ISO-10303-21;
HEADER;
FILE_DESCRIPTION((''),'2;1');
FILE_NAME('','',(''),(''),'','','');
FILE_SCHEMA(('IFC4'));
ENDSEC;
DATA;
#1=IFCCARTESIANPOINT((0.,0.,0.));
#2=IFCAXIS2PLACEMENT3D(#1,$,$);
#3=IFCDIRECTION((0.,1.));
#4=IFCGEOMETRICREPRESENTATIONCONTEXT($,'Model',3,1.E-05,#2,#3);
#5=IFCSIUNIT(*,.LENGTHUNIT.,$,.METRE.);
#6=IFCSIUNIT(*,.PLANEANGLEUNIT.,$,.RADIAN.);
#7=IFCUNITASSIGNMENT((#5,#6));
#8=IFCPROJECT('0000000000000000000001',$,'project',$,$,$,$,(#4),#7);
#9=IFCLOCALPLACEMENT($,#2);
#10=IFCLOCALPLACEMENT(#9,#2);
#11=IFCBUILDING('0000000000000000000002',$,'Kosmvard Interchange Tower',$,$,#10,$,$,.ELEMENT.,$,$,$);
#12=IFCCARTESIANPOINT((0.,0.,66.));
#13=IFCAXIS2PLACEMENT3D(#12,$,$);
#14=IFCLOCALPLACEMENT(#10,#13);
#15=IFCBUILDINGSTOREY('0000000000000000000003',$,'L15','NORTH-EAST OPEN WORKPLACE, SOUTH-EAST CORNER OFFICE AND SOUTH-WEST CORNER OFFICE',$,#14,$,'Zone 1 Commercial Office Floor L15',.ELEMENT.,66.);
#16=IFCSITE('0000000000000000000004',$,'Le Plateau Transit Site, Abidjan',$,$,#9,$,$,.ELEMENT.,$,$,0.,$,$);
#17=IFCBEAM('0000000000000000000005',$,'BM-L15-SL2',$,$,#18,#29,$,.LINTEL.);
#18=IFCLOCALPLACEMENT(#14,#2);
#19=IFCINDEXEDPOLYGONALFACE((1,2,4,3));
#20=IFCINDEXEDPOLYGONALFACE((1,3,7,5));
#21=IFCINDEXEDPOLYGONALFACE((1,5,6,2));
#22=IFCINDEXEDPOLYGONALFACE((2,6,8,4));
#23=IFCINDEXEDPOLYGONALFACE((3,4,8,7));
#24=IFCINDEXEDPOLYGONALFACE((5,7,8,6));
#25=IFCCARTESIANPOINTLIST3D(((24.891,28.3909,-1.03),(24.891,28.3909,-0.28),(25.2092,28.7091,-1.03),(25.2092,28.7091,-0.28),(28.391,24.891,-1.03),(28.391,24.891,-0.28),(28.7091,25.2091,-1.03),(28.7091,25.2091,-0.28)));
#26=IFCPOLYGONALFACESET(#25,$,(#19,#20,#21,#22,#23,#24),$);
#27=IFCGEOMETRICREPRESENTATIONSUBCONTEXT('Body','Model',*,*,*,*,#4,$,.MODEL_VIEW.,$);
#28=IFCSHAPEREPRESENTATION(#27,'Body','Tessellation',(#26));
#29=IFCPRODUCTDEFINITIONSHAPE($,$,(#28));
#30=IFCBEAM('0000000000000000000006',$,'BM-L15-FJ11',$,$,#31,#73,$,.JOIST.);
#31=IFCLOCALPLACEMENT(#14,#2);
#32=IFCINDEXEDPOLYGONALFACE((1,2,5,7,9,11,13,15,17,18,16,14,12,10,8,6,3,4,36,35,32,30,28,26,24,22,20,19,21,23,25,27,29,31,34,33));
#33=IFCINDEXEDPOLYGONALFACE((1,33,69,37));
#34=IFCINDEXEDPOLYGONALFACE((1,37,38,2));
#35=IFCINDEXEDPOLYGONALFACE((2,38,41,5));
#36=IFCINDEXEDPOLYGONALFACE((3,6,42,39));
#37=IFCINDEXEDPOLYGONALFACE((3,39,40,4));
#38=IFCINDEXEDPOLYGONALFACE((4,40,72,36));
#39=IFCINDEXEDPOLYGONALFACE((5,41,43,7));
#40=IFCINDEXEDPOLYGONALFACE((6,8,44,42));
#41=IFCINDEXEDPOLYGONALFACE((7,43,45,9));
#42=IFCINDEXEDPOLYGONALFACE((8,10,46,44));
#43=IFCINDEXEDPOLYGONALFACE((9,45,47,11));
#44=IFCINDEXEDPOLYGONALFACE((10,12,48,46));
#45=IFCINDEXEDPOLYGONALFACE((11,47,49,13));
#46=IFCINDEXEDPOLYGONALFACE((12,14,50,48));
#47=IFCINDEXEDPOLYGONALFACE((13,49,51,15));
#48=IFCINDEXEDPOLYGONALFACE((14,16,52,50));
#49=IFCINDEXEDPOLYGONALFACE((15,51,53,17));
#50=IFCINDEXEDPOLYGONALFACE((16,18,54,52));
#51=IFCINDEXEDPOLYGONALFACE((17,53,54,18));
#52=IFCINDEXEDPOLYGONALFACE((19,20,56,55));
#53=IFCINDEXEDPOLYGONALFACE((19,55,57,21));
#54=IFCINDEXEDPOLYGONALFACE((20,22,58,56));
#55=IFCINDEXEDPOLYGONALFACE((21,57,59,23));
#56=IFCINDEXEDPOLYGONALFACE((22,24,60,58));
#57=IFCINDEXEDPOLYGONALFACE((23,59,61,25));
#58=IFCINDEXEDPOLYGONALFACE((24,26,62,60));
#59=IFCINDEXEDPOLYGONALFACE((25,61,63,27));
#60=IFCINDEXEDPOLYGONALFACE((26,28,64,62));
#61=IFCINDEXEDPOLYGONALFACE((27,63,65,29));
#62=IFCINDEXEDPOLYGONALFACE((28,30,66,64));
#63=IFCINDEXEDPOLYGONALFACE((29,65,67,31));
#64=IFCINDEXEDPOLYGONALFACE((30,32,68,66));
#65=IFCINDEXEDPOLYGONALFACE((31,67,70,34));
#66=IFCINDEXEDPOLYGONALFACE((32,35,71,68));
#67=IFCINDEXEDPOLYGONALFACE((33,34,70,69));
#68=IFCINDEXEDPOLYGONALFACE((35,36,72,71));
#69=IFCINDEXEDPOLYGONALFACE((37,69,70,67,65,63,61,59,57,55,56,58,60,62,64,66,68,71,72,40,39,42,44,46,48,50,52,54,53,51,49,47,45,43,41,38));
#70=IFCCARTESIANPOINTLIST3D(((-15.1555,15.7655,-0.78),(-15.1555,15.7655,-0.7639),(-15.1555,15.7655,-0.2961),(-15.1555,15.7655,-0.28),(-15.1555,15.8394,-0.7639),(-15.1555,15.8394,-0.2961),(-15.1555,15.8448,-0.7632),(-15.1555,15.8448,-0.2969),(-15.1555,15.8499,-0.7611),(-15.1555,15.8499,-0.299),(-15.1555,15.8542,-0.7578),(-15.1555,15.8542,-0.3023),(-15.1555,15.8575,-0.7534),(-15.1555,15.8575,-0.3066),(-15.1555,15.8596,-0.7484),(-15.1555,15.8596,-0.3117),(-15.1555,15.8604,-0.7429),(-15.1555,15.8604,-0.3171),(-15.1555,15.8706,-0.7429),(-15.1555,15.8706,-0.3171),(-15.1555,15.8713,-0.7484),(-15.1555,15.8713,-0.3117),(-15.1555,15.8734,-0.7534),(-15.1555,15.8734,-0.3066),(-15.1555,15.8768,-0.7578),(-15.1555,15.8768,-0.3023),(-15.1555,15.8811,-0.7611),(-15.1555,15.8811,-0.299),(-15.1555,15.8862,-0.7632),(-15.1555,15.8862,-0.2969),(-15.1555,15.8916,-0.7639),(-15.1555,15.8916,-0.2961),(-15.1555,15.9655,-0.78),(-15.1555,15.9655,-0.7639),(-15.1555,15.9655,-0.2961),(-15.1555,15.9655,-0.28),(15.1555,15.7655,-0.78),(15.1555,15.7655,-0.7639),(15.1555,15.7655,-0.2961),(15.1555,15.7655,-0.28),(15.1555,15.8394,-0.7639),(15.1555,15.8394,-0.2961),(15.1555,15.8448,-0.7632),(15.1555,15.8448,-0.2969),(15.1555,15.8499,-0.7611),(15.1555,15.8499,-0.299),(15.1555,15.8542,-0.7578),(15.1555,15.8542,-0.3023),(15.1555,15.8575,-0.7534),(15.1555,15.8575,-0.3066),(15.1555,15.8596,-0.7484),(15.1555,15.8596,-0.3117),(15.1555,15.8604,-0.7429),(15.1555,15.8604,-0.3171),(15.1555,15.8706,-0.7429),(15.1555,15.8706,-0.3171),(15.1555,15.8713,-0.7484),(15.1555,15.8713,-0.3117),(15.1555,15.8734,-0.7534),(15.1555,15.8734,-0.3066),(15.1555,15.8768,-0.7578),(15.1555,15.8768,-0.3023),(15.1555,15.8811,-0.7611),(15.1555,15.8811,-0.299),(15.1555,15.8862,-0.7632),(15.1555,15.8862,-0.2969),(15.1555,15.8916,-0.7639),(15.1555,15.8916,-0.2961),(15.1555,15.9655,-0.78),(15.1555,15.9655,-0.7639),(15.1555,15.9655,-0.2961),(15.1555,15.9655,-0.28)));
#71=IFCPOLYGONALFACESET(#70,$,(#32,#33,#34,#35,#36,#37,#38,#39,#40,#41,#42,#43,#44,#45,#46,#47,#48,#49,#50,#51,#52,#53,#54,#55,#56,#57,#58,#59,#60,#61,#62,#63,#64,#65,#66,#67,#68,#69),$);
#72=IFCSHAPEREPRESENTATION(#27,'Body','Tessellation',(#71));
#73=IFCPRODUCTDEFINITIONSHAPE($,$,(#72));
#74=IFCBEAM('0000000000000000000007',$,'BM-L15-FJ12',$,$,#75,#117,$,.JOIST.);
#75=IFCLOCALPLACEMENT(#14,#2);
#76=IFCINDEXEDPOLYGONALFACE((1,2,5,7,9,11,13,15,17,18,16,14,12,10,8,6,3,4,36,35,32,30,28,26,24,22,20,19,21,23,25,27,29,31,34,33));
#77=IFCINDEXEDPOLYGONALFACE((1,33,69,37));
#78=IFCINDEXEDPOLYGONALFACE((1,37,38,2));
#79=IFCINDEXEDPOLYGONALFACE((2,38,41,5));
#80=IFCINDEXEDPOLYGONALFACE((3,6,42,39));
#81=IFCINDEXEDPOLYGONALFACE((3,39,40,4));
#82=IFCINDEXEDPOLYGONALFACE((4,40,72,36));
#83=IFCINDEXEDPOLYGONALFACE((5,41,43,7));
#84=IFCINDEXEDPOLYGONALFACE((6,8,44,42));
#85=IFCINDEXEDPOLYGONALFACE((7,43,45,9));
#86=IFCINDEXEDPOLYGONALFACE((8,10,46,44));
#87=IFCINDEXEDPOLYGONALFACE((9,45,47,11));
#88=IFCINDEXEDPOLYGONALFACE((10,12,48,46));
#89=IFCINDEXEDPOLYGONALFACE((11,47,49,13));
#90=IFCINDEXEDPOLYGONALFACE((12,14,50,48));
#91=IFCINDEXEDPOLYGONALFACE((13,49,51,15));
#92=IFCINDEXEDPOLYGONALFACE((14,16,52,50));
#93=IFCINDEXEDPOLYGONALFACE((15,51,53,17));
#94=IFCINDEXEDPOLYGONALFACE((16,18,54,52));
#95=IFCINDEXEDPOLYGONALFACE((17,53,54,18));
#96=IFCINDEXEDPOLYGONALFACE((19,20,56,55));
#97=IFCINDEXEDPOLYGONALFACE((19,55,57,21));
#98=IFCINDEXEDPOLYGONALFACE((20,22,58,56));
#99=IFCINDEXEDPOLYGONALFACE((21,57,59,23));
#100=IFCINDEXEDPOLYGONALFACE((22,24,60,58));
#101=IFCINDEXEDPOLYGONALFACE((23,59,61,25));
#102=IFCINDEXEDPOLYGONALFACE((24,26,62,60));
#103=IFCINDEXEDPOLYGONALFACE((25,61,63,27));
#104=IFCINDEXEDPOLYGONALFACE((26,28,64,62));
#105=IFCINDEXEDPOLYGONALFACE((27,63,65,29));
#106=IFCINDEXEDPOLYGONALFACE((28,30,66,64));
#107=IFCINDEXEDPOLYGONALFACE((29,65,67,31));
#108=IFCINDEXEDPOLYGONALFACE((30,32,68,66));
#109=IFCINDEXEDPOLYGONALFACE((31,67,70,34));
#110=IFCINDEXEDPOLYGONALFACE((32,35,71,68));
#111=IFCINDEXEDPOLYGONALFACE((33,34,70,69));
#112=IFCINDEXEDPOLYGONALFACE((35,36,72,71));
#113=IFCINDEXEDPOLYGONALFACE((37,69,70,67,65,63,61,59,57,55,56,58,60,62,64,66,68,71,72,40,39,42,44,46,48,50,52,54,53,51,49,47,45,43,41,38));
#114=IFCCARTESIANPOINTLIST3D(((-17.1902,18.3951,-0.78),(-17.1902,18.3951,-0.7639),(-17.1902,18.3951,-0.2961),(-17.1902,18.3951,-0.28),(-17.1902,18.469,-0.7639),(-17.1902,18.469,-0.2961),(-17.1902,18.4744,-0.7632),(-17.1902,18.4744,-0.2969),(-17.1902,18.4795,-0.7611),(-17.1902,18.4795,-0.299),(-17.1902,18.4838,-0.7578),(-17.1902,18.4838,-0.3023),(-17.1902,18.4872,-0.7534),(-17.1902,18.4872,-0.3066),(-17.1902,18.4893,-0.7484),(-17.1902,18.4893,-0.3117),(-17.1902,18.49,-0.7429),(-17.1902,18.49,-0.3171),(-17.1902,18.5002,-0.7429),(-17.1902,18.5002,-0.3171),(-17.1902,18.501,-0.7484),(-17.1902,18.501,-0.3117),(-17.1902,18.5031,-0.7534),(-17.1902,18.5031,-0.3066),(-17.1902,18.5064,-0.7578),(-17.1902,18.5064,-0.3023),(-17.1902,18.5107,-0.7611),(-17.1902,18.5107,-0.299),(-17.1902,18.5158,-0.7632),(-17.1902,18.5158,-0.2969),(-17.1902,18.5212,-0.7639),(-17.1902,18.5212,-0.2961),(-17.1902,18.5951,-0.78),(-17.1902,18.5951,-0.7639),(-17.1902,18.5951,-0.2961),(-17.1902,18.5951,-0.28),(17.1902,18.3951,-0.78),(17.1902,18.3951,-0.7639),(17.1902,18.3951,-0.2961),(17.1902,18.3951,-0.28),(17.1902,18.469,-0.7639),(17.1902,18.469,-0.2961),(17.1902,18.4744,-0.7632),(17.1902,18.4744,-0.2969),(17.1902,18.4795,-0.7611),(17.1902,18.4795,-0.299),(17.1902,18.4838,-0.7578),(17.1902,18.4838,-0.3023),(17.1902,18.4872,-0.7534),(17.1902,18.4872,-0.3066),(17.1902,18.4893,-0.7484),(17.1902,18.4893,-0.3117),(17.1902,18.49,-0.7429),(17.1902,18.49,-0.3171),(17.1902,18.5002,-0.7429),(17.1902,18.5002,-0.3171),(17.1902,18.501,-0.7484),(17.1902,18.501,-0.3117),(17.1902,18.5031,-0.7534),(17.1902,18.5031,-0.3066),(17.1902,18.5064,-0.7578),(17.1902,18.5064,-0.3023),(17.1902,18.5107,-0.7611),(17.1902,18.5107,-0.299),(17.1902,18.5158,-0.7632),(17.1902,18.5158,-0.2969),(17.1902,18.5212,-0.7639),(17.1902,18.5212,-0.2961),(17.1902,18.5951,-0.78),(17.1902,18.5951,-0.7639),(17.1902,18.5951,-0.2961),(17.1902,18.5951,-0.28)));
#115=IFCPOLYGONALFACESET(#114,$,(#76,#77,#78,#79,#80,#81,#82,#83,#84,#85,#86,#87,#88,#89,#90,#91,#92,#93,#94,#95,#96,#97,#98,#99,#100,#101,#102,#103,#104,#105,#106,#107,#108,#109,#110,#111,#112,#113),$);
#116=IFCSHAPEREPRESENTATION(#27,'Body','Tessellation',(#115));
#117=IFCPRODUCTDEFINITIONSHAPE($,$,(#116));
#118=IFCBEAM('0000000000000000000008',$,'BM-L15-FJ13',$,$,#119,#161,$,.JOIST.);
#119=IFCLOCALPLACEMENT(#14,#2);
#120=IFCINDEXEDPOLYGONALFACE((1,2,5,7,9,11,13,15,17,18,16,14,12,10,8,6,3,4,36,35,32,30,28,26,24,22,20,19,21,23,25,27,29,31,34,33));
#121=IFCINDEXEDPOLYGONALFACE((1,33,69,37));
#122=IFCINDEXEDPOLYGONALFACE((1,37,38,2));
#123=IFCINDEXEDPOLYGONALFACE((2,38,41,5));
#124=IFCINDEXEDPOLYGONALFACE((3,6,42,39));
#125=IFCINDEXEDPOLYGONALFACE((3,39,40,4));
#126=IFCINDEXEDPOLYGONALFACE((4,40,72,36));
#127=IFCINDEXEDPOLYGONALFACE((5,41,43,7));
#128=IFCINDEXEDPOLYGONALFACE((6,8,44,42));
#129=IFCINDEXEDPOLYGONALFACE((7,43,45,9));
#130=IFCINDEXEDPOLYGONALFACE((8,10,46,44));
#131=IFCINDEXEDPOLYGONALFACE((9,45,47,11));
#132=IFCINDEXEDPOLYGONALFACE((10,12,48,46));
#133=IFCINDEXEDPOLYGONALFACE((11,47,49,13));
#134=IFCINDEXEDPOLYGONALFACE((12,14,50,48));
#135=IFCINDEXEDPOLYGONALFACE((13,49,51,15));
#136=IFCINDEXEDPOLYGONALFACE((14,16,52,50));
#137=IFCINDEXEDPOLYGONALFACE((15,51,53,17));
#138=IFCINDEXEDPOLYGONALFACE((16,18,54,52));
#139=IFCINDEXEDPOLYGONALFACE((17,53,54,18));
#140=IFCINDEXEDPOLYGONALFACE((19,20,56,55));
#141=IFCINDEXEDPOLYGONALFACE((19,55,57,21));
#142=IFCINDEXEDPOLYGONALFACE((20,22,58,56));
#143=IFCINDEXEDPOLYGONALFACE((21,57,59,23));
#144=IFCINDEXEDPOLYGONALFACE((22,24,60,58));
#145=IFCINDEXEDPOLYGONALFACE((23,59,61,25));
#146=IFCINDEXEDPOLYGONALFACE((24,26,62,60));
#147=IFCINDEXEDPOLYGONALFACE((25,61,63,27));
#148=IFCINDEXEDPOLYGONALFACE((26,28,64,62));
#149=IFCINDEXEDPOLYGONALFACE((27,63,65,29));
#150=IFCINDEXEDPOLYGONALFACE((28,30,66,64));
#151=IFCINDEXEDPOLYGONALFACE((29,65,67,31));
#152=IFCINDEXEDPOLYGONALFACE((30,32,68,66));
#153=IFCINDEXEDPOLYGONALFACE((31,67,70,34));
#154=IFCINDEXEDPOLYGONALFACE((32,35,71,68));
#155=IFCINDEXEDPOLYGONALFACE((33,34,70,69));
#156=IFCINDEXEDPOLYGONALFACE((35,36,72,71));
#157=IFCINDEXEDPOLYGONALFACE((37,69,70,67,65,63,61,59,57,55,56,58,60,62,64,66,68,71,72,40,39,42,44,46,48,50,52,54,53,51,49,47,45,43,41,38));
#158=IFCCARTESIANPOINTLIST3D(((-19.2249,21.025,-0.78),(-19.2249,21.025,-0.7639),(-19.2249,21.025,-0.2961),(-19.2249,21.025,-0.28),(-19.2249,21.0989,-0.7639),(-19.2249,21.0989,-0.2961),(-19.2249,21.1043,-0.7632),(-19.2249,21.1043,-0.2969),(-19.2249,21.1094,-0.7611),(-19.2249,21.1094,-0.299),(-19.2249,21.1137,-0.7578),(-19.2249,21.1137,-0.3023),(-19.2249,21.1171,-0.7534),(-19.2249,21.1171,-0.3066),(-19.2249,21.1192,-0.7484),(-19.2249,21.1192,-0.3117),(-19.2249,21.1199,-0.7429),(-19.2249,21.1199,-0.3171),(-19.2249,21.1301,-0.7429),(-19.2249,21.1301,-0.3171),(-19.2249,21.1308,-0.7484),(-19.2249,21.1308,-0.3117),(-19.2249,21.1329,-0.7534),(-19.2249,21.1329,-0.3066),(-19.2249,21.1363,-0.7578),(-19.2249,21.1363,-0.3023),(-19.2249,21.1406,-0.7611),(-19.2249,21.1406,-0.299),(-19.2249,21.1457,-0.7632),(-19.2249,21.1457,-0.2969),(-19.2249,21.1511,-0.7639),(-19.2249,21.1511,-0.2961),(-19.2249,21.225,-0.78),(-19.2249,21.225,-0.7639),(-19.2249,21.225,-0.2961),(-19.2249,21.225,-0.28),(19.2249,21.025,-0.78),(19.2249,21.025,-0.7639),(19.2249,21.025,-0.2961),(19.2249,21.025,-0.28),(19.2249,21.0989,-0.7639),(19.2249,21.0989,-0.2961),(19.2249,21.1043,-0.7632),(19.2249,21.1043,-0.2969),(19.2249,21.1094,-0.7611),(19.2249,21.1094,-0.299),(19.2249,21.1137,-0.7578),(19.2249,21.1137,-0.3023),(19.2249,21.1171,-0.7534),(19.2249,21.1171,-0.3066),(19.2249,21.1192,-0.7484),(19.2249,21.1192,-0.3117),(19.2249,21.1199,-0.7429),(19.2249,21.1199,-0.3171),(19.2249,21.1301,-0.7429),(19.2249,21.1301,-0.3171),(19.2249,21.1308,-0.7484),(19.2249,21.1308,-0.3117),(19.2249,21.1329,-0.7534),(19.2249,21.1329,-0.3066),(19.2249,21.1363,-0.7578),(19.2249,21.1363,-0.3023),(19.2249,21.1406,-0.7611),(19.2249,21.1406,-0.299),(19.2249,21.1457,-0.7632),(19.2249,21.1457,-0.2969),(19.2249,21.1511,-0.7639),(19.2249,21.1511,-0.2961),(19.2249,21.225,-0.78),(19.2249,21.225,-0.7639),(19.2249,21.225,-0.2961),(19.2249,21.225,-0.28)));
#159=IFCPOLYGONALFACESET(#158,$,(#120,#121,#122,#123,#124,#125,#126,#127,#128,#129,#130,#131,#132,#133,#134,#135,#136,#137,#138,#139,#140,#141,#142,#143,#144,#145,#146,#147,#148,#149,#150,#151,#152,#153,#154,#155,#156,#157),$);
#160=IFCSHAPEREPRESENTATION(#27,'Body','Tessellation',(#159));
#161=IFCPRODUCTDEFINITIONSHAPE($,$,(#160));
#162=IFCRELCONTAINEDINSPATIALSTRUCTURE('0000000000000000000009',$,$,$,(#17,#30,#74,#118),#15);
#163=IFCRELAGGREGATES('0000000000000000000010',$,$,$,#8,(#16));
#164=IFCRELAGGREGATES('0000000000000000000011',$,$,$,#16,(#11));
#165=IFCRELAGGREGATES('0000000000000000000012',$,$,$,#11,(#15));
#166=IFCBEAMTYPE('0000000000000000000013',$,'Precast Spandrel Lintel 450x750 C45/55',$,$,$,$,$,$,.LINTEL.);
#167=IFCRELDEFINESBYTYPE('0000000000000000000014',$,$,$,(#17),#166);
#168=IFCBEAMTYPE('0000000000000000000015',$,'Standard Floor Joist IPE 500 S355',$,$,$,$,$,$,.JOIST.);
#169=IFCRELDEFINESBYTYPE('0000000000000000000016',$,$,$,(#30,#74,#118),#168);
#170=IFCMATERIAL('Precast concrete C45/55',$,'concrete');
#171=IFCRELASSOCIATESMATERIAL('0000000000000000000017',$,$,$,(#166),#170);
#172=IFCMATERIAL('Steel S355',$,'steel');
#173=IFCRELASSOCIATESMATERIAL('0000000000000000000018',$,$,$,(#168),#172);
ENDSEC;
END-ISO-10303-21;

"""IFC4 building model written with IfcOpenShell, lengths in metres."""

from ifc_helpers import new_model, si_unit, direction, frame, origin, origin_2d, place, context, subcontext, project, spatial, rectangle, i_section, extrude, source, transform, mapped, material, material_profile, profile_set, type_object, element, save


model = new_model("IFC4")

# Units and contexts
model_context = context("Model", 3, precision=1e-05, world=origin(), true_north=direction((0.0, 1.0)))
body_context = subcontext(model_context, "Body", "Model", "MODEL_VIEW")
ifc_project = project(units=[si_unit("LENGTHUNIT", "METRE"), si_unit("PLANEANGLEUNIT", "RADIAN")], contexts=[model_context])

# Site, building, storey
site_placement = place(None, origin())
site = spatial("IfcSite", under=ifc_project, at=site_placement, Name="Le Plateau Transit Site, Abidjan", CompositionType="ELEMENT", RefElevation=0.0)
building_placement = place(site_placement, origin())
building = spatial("IfcBuilding", under=site, at=building_placement, Name="Kosmvard Interchange Tower", CompositionType="ELEMENT")
storey_placement = place(building_placement, frame((0.0, 0.0, 66.0)))
storey = spatial("IfcBuildingStorey", under=building, at=storey_placement, Name="L15", Description="NORTH-EAST OPEN WORKPLACE, SOUTH-EAST CORNER OFFICE AND SOUTH-WEST CORNER OFFICE", LongName="Zone 1 Commercial Office Floor L15", CompositionType="ELEMENT", Elevation=66.0)

# Beams
ifc_material_1 = material(Name="Steel S355", Category="steel")
ifc_material_2 = material(Name="Precast concrete C45/55", Category="concrete")
ifc_material_profile_1 = material_profile(ifc_material_2, rectangle(XDim=0.45, YDim=0.75, at=origin_2d()), Name="SL 450x750")
ifc_profile_set_1 = profile_set([ifc_material_profile_1], Name="Precast concrete C45/55")
beam_type_1 = type_object("IfcBeamType", Name="Precast Spandrel Lintel 450x750 C45/55", PredefinedType="LINTEL", material=ifc_profile_set_1)
shared_shape_1 = source(origin(), body_context, "Body", "SweptSolid", [
    extrude(rectangle(XDim=0.45, YDim=0.75, at=origin_2d()), origin(), (0.0, 0.0, 1.0), 4.9497),
])
beam_1_placement = place(storey_placement, frame((28.55, 25.05, -0.655), z_axis=(-0.707107, 0.707107, 0.0), x_axis=(-0.707107, -0.707107, 0.0)))
element("IfcBeam", 1, at=beam_1_placement, inside=storey, type_object=beam_type_1, Name="BM-L15-SL2", PredefinedType="LINTEL", context=body_context, shape_type="MappedRepresentation", body=[
    mapped(shared_shape_1, transform((0.0, 0.0, 0.0), scale=1.0)),
])
ifc_material_profile_2 = material_profile(ifc_material_1, i_section(OverallWidth=0.2, OverallDepth=0.5, WebThickness=0.0103, FlangeThickness=0.0161, FilletRadius=0.021, at=origin_2d()), Name="IPE 500")
ifc_profile_set_2 = profile_set([ifc_material_profile_2], Name="Steel S355")
beam_type_2 = type_object("IfcBeamType", Name="Standard Floor Joist IPE 500 S355", PredefinedType="JOIST", material=ifc_profile_set_2)
shared_shape_2 = source(origin(), body_context, "Body", "SweptSolid", [
    extrude(i_section(OverallWidth=0.2, OverallDepth=0.5, WebThickness=0.0103, FlangeThickness=0.0161, FilletRadius=0.021, at=origin_2d()), origin(), (0.0, 0.0, 1.0), 30.311),
])
beam_2_placement = place(storey_placement, frame((15.1555, 15.8655, -0.53), z_axis=(-1.0, 0.0, 0.0), x_axis=(0.0, -1.0, 0.0)))
element("IfcBeam", 2, at=beam_2_placement, inside=storey, type_object=beam_type_2, Name="BM-L15-FJ11", PredefinedType="JOIST", context=body_context, shape_type="MappedRepresentation", body=[
    mapped(shared_shape_2, transform((0.0, 0.0, 0.0), scale=1.0)),
])
shared_shape_3 = source(origin(), body_context, "Body", "SweptSolid", [
    extrude(i_section(OverallWidth=0.2, OverallDepth=0.5, WebThickness=0.0103, FlangeThickness=0.0161, FilletRadius=0.021, at=origin_2d()), origin(), (0.0, 0.0, 1.0), 34.3804),
])
beam_3_placement = place(storey_placement, frame((17.1902, 18.4951, -0.53), z_axis=(-1.0, 0.0, 0.0), x_axis=(0.0, -1.0, 0.0)))
element("IfcBeam", 3, at=beam_3_placement, inside=storey, type_object=beam_type_2, Name="BM-L15-FJ12", PredefinedType="JOIST", context=body_context, shape_type="MappedRepresentation", body=[
    mapped(shared_shape_3, transform((0.0, 0.0, 0.0), scale=1.0)),
])
shared_shape_4 = source(origin(), body_context, "Body", "SweptSolid", [
    extrude(i_section(OverallWidth=0.2, OverallDepth=0.5, WebThickness=0.0103, FlangeThickness=0.0161, FilletRadius=0.021, at=origin_2d()), origin(), (0.0, 0.0, 1.0), 38.4497),
])
beam_4_placement = place(storey_placement, frame((19.2249, 21.125, -0.53), z_axis=(-1.0, 0.0, 0.0), x_axis=(0.0, -1.0, 0.0)))
element("IfcBeam", 4, at=beam_4_placement, inside=storey, type_object=beam_type_2, Name="BM-L15-FJ13", PredefinedType="JOIST", context=body_context, shape_type="MappedRepresentation", body=[
    mapped(shared_shape_4, transform((0.0, 0.0, 0.0), scale=1.0)),
])

save(model, "model.ifc")
